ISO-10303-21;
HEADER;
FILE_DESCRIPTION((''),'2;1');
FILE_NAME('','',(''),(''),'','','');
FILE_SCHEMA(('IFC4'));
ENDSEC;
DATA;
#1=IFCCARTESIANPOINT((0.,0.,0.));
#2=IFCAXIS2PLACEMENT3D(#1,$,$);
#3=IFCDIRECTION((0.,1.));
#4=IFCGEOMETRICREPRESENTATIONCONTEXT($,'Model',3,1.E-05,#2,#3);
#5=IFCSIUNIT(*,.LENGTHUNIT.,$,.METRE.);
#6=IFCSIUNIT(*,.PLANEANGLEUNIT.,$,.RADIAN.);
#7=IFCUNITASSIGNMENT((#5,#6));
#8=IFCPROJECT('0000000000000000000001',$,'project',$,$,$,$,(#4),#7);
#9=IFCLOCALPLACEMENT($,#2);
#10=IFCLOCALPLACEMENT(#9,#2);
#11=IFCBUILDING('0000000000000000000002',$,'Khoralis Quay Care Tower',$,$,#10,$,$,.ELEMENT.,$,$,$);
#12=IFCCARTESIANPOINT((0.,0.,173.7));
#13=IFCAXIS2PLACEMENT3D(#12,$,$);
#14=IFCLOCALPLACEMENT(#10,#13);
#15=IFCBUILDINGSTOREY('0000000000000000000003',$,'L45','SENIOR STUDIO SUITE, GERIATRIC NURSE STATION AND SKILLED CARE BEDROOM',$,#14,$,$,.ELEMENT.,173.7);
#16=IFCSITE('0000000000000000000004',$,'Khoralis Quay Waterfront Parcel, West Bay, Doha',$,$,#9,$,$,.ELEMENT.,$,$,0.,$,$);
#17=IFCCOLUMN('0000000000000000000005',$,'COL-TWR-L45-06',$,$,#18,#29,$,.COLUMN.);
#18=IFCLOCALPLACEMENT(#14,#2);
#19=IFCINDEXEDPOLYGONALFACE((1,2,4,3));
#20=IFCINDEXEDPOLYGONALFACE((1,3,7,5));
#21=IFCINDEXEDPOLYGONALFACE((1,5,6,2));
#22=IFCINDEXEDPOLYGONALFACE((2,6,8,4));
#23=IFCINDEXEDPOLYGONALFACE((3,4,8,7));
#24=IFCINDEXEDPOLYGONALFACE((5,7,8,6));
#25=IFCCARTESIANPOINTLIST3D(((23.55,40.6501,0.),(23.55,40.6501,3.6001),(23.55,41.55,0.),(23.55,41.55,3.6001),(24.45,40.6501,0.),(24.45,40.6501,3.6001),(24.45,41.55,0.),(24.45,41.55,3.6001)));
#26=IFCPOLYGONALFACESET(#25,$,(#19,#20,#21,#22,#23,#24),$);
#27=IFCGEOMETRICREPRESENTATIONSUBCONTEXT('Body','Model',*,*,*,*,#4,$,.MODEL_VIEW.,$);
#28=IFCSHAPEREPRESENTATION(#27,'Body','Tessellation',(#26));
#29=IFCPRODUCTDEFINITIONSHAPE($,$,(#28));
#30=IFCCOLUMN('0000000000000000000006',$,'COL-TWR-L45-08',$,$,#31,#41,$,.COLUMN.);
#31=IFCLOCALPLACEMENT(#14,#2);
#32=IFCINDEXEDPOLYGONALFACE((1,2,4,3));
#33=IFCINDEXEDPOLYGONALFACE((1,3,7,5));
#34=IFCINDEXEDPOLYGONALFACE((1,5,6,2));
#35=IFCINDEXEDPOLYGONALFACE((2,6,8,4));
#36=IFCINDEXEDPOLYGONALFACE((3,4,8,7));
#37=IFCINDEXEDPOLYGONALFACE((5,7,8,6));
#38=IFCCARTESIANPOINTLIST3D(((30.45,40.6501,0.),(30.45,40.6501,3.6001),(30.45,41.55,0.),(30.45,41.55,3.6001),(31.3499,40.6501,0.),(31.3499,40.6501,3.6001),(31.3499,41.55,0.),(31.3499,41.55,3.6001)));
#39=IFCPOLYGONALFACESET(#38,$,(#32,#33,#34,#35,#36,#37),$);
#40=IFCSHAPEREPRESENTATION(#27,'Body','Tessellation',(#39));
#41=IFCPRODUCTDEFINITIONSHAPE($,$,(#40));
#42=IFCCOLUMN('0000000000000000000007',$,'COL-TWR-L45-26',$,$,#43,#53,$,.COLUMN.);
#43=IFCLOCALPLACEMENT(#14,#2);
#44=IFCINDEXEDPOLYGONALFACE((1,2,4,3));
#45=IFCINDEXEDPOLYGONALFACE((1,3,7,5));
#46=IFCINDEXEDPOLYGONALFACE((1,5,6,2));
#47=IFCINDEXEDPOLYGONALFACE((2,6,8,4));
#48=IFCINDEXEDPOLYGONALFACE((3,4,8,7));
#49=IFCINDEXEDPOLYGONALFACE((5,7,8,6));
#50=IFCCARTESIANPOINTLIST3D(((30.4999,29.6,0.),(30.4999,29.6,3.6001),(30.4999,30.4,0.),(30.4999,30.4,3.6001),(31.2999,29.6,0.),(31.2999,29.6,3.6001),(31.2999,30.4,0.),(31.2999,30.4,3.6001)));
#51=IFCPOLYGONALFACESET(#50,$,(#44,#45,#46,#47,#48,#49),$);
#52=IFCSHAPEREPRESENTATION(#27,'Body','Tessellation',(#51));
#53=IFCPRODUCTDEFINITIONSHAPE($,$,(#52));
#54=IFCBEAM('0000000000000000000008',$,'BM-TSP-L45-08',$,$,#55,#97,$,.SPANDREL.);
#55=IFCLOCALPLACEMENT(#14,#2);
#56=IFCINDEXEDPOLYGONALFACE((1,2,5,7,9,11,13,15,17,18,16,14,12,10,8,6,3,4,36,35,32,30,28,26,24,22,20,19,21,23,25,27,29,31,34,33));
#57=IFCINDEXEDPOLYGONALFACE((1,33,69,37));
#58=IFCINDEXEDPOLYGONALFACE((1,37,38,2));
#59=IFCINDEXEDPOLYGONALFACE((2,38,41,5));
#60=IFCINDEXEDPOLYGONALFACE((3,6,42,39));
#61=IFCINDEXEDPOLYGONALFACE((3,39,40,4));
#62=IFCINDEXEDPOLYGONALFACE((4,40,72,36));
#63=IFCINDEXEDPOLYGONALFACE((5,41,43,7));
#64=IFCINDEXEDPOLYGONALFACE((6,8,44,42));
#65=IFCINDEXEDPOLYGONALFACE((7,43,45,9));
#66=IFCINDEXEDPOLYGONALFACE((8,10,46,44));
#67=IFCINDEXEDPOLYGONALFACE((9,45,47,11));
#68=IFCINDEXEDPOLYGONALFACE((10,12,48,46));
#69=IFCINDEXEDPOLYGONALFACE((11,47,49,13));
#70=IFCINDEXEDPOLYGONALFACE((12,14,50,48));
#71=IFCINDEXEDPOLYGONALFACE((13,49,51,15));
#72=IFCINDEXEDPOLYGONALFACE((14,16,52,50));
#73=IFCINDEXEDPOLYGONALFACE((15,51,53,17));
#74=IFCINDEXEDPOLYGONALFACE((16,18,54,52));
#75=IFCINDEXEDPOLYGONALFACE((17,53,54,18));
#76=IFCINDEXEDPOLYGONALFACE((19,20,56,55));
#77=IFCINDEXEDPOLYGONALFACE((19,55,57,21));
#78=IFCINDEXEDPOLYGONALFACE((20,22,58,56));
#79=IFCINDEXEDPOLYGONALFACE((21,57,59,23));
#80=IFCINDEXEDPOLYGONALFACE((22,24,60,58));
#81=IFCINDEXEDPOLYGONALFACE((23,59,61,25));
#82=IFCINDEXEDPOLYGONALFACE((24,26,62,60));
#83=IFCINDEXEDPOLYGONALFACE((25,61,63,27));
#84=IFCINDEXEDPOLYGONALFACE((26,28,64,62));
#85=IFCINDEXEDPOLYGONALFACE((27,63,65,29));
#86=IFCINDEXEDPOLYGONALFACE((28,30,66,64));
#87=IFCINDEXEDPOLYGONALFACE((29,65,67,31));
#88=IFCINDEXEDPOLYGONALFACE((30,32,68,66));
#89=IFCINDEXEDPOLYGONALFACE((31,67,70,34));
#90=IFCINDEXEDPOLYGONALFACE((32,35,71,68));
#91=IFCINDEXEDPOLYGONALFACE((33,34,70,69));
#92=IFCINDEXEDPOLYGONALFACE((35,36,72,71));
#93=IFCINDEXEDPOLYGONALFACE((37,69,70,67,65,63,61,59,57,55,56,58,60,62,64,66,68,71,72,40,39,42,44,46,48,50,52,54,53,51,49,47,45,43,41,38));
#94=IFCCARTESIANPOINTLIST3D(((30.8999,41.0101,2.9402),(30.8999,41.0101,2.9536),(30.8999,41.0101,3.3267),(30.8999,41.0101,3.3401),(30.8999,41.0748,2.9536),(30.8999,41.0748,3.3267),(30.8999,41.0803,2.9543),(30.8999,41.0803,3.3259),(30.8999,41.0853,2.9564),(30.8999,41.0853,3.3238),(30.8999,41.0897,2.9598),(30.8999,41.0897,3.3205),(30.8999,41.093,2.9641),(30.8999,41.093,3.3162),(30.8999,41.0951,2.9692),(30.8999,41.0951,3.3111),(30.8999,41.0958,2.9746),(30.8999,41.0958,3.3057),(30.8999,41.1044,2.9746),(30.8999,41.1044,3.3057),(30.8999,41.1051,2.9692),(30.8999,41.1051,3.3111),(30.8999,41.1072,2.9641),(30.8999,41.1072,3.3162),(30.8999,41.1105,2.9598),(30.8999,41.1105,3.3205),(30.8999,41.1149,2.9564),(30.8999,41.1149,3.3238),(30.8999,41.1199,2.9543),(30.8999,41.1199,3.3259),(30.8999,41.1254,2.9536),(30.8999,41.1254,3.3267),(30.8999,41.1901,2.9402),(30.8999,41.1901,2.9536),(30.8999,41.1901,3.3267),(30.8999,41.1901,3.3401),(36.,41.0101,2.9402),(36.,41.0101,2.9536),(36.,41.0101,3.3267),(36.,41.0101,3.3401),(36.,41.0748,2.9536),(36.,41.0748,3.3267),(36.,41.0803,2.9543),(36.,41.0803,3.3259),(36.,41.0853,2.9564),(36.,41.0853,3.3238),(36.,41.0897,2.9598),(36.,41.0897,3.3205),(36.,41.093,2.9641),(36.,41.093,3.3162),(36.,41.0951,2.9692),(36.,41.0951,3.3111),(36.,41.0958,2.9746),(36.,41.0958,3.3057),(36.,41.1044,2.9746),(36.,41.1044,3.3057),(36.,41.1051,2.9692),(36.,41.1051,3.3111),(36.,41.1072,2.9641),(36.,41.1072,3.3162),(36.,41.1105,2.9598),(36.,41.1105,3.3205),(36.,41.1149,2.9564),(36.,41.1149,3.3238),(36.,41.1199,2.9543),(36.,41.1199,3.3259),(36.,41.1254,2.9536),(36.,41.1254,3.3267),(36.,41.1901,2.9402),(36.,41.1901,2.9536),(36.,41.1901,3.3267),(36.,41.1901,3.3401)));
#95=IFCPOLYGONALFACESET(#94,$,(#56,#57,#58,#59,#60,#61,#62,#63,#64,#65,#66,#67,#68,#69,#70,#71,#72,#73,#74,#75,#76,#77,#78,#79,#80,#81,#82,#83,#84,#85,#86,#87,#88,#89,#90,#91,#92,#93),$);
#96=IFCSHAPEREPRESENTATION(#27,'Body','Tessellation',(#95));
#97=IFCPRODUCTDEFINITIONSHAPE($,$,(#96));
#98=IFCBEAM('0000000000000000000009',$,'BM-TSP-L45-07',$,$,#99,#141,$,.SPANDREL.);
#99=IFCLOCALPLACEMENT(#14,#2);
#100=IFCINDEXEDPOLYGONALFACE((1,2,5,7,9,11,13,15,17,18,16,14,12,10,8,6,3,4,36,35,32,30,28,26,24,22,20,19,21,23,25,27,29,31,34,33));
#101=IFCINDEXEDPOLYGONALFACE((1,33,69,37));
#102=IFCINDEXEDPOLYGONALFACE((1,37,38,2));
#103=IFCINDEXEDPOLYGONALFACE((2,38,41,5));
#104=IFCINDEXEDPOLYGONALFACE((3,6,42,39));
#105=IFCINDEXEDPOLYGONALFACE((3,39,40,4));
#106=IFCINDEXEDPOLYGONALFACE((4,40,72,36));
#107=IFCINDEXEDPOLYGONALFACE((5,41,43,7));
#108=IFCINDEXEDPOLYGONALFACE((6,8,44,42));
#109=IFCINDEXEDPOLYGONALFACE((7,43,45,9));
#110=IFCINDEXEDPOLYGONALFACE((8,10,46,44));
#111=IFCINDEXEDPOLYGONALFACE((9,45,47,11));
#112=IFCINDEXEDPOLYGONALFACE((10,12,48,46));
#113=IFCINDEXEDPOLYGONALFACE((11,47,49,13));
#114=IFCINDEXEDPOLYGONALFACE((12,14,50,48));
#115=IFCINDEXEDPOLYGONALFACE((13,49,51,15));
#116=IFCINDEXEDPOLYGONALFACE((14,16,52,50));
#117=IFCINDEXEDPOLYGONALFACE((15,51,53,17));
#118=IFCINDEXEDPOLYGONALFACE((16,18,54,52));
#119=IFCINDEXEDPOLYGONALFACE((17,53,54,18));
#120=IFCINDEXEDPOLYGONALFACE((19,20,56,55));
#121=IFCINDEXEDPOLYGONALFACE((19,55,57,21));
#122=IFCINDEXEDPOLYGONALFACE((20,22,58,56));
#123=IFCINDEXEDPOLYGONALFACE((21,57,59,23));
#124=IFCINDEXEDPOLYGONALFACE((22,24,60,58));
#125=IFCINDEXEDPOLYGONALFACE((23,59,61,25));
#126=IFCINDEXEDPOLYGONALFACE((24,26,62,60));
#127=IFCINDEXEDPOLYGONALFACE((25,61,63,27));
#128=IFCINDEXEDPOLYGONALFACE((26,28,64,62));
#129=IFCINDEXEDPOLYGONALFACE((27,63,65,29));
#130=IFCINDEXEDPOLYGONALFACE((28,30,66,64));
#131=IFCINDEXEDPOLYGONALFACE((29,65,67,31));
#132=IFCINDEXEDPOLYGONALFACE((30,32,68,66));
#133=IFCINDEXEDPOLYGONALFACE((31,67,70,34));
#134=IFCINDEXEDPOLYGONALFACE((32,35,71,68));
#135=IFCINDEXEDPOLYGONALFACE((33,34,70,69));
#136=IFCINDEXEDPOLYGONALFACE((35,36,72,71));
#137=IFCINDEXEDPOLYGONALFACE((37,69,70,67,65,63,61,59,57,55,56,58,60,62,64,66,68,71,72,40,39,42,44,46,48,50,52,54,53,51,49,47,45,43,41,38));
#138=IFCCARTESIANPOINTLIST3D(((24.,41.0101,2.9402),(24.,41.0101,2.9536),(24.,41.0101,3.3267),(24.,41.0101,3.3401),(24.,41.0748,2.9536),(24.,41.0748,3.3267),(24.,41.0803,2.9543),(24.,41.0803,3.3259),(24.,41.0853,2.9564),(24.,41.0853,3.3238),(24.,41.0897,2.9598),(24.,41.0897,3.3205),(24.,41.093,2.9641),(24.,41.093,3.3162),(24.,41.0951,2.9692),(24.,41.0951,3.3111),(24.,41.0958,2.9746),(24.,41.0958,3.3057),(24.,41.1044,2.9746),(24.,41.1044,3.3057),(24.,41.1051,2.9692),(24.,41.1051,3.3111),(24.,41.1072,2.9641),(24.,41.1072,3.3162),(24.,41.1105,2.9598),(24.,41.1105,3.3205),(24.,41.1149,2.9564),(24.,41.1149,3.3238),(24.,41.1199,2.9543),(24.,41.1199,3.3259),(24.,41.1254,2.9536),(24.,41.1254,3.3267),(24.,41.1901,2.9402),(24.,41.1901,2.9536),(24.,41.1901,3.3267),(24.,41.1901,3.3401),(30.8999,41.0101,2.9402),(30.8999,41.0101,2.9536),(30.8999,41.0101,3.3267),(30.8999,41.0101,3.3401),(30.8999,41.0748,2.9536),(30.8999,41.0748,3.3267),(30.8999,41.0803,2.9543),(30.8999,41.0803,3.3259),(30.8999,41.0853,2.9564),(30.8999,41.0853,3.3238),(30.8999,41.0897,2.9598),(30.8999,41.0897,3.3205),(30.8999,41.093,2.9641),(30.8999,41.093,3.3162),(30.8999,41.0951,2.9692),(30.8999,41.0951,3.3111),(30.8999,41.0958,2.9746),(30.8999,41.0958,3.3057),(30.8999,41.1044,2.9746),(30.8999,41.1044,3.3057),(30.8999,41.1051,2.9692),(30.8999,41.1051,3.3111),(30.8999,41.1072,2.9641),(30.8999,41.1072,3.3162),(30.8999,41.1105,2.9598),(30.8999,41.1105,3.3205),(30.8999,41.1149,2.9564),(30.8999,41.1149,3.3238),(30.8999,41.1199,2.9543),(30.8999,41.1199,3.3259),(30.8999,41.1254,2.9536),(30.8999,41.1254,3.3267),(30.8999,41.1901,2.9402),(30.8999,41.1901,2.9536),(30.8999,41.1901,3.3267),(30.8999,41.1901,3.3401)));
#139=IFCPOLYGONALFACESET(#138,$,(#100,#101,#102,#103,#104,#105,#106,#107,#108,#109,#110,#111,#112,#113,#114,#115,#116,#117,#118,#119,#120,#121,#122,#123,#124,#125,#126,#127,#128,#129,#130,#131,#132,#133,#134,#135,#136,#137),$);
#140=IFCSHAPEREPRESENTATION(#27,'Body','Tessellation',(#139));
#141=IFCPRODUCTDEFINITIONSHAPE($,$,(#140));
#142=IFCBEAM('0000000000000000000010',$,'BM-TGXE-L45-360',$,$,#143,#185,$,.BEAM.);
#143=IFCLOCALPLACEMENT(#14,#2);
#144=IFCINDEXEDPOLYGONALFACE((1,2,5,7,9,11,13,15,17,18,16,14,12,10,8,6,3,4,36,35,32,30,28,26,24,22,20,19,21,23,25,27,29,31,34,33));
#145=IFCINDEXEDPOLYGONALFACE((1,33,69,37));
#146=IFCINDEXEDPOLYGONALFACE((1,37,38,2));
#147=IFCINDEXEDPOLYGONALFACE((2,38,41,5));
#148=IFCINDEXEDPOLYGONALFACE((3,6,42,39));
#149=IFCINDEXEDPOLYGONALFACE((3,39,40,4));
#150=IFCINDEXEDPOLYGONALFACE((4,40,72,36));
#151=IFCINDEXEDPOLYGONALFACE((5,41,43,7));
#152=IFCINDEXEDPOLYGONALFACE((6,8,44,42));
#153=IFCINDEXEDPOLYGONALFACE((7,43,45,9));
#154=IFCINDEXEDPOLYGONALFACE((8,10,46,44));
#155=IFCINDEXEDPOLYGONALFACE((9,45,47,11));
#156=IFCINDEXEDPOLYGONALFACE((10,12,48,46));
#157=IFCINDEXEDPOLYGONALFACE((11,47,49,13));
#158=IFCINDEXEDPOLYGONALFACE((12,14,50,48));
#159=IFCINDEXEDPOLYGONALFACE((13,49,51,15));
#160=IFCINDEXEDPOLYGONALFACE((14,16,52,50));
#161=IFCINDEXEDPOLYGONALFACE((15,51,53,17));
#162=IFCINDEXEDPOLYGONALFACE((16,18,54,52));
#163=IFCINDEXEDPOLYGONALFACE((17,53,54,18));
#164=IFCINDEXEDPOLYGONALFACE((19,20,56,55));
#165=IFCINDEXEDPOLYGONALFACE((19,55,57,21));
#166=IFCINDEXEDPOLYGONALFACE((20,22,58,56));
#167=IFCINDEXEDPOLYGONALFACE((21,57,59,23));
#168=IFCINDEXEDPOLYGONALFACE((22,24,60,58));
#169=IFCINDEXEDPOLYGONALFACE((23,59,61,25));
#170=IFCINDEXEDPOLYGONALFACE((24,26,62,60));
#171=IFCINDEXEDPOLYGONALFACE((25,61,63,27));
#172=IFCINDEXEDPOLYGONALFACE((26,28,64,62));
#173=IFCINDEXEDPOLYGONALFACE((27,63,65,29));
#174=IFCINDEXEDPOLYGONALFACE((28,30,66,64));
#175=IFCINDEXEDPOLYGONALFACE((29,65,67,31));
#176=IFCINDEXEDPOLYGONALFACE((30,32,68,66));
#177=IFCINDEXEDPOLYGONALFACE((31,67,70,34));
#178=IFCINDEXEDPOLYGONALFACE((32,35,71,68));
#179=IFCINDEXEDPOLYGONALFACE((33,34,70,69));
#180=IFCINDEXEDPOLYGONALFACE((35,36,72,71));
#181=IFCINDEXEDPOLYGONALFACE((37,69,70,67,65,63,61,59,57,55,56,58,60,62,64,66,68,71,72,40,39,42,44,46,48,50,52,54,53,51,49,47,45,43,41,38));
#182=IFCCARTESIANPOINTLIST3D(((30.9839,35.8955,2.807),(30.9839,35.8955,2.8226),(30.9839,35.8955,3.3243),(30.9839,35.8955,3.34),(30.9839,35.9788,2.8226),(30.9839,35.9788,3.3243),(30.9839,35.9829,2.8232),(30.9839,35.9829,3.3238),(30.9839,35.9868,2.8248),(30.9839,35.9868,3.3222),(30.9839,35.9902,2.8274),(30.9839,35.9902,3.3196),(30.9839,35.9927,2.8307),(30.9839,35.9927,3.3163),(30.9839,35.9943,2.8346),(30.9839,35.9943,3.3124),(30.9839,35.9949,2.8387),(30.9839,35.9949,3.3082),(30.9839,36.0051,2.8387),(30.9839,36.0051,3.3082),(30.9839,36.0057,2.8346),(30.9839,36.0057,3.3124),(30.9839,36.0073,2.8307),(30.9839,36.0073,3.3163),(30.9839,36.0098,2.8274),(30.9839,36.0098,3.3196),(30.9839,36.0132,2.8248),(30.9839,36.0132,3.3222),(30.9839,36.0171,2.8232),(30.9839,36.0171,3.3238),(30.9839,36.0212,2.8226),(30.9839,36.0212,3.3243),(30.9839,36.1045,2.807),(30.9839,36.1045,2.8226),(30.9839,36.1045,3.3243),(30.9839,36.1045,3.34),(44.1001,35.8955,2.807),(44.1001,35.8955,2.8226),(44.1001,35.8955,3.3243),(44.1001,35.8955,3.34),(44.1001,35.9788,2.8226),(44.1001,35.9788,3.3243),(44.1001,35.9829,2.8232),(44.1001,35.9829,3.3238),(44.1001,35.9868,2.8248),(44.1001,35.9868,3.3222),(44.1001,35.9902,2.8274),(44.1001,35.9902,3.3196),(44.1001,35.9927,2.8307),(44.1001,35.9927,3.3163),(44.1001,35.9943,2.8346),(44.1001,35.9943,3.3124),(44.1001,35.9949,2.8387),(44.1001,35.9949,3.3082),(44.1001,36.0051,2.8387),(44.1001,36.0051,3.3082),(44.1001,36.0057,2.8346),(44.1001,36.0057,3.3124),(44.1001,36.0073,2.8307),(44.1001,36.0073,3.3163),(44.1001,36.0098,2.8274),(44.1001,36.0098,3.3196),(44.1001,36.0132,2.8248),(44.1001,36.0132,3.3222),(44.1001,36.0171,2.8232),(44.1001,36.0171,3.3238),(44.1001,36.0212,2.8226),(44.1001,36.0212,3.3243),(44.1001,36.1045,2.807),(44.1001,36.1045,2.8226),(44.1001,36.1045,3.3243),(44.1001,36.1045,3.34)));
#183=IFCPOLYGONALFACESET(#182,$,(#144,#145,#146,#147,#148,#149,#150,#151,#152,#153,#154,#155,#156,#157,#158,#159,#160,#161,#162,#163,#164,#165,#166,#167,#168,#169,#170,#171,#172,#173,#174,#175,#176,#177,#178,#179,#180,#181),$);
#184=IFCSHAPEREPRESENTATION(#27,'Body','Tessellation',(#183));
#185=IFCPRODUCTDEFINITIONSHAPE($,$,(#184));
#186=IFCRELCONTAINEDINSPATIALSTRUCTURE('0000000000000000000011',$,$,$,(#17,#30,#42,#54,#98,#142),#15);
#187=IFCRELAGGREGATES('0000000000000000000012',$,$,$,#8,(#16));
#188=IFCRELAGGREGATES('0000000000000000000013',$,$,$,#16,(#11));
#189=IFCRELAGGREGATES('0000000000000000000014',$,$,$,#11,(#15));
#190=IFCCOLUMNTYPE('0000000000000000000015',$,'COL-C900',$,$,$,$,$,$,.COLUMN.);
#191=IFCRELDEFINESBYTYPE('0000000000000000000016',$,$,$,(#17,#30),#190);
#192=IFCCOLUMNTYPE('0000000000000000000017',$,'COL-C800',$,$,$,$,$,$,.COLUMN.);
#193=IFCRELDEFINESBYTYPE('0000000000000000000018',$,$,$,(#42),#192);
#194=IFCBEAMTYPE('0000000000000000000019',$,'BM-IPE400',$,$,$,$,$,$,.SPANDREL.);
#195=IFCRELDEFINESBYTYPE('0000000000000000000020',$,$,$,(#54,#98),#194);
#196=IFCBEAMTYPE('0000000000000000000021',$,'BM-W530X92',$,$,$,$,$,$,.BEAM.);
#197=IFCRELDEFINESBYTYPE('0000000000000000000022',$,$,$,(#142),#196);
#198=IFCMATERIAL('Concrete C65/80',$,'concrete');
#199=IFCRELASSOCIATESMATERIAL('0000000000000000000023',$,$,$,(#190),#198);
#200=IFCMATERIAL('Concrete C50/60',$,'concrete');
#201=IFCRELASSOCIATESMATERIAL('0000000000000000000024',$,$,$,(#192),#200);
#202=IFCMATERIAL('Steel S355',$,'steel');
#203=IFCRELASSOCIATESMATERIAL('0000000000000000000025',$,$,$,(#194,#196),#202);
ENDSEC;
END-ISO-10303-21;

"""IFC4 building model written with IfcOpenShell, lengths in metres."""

from ifc_helpers import new_model, si_unit, direction, frame, origin, origin_2d, place, context, subcontext, project, spatial, rectangle, i_section, extrude, source, transform, mapped, material, material_profile, profile_set, type_object, element, save


model = new_model("IFC4")

# Units and contexts
model_context = context("Model", 3, precision=1e-05, world=origin(), true_north=direction((0.0, 1.0)))
body_context = subcontext(model_context, "Body", "Model", "MODEL_VIEW")
ifc_project = project(units=[si_unit("LENGTHUNIT", "METRE"), si_unit("PLANEANGLEUNIT", "RADIAN")], contexts=[model_context])

# Site, building, storey
site_placement = place(None, origin())
site = spatial("IfcSite", under=ifc_project, at=site_placement, Name="Khoralis Quay Waterfront Parcel, West Bay, Doha", CompositionType="ELEMENT", RefElevation=0.0)
building_placement = place(site_placement, origin())
building = spatial("IfcBuilding", under=site, at=building_placement, Name="Khoralis Quay Care Tower", CompositionType="ELEMENT")
storey_placement = place(building_placement, frame((0.0, 0.0, 173.7)))
storey = spatial("IfcBuildingStorey", under=building, at=storey_placement, Name="L45", Description="SENIOR STUDIO SUITE, GERIATRIC NURSE STATION AND SKILLED CARE BEDROOM", CompositionType="ELEMENT", Elevation=173.7)

# Columns
ifc_material_1 = material(Name="Concrete C65/80", Category="concrete")
ifc_material_profile_1 = material_profile(ifc_material_1, rectangle(XDim=0.8999, YDim=0.8999, at=origin_2d()), Name="Concrete C65/80")
ifc_profile_set_1 = profile_set([ifc_material_profile_1], Name="Concrete C65/80")
column_type_1 = type_object("IfcColumnType", Name="COL-C900", PredefinedType="COLUMN", material=ifc_profile_set_1)
shared_shape_1 = source(origin(), body_context, "Body", "SweptSolid", [
    extrude(rectangle(XDim=0.8999, YDim=0.8999, at=origin_2d()), origin(), (0.0, 0.0, 1.0), 3.6001),
])
for number, where, z_axis, x_axis, name in (
    (1, (24.0, 41.1001, 0.0), (0.0, 0.0, 1.0), (1.0, 0.0, 0.0), "COL-TWR-L45-06"),
    (2, (30.8999, 41.1001, 0.0), (0.0, 0.0, 1.0), (1.0, 0.0, 0.0), "COL-TWR-L45-08"),
):
    element("IfcColumn", number, at=place(storey_placement, frame(where, z_axis=z_axis, x_axis=x_axis)), inside=storey, type_object=column_type_1, Name=name, PredefinedType="COLUMN", context=body_context, shape_type="MappedRepresentation", body=[
        mapped(shared_shape_1, transform((0.0, 0.0, 0.0), scale=1.0)),
    ])
ifc_material_2 = material(Name="Concrete C50/60", Category="concrete")
ifc_material_profile_2 = material_profile(ifc_material_2, rectangle(XDim=0.8, YDim=0.8, at=origin_2d()), Name="Concrete C50/60")
ifc_profile_set_2 = profile_set([ifc_material_profile_2], Name="Concrete C50/60")
column_type_2 = type_object("IfcColumnType", Name="COL-C800", PredefinedType="COLUMN", material=ifc_profile_set_2)
shared_shape_2 = source(origin(), body_context, "Body", "SweptSolid", [
    extrude(rectangle(XDim=0.8, YDim=0.8, at=origin_2d()), origin(), (0.0, 0.0, 1.0), 3.6001),
])
column_placement = place(storey_placement, frame((30.8999, 30.0, 0.0), z_axis=(0.0, 0.0, 1.0), x_axis=(1.0, 0.0, 0.0)))
element("IfcColumn", 3, at=column_placement, inside=storey, type_object=column_type_2, Name="COL-TWR-L45-26", PredefinedType="COLUMN", context=body_context, shape_type="MappedRepresentation", body=[
    mapped(shared_shape_2, transform((0.0, 0.0, 0.0), scale=1.0)),
])

# Beams
ifc_material_3 = material(Name="Steel S355", Category="steel")
ifc_material_profile_3 = material_profile(ifc_material_3, i_section(OverallWidth=0.1799, OverallDepth=0.3999, WebThickness=0.0085, FlangeThickness=0.0134, FilletRadius=0.021, at=origin_2d()), Name="Steel S355")
ifc_profile_set_3 = profile_set([ifc_material_profile_3], Name="Steel S355")
beam_type_1 = type_object("IfcBeamType", Name="BM-IPE400", PredefinedType="SPANDREL", material=ifc_profile_set_3)
shared_shape_3 = source(origin(), body_context, "Body", "SweptSolid", [
    extrude(i_section(OverallWidth=0.1799, OverallDepth=0.3999, WebThickness=0.0085, FlangeThickness=0.0134, FilletRadius=0.021, at=origin_2d()), origin(), (0.0, 0.0, 1.0), 5.1001),
])
beam_1_placement = place(storey_placement, frame((30.8999, 41.1001, 3.1401), z_axis=(1.0, 0.0, 0.0), x_axis=(0.0, 1.0, 0.0)))
element("IfcBeam", 4, at=beam_1_placement, inside=storey, type_object=beam_type_1, Name="BM-TSP-L45-08", PredefinedType="SPANDREL", context=body_context, shape_type="MappedRepresentation", body=[
    mapped(shared_shape_3, transform((0.0, 0.0, 0.0), scale=1.0)),
])
shared_shape_4 = source(origin(), body_context, "Body", "SweptSolid", [
    extrude(i_section(OverallWidth=0.1799, OverallDepth=0.3999, WebThickness=0.0085, FlangeThickness=0.0134, FilletRadius=0.021, at=origin_2d()), origin(), (0.0, 0.0, 1.0), 6.8999),
])
beam_2_placement = place(storey_placement, frame((24.0, 41.1001, 3.1401), z_axis=(1.0, 0.0, 0.0), x_axis=(0.0, 1.0, 0.0)))
element("IfcBeam", 5, at=beam_2_placement, inside=storey, type_object=beam_type_1, Name="BM-TSP-L45-07", PredefinedType="SPANDREL", context=body_context, shape_type="MappedRepresentation", body=[
    mapped(shared_shape_4, transform((0.0, 0.0, 0.0), scale=1.0)),
])
ifc_material_profile_4 = material_profile(ifc_material_3, i_section(OverallWidth=0.209, OverallDepth=0.533, WebThickness=0.0103, FlangeThickness=0.0156, FilletRadius=0.0161, at=origin_2d()), Name="Steel S355")
ifc_profile_set_4 = profile_set([ifc_material_profile_4], Name="Steel S355")
beam_type_2 = type_object("IfcBeamType", Name="BM-W530X92", PredefinedType="BEAM", material=ifc_profile_set_4)
shared_shape_5 = source(origin(), body_context, "Body", "SweptSolid", [
    extrude(i_section(OverallWidth=0.209, OverallDepth=0.533, WebThickness=0.0103, FlangeThickness=0.0156, FilletRadius=0.0161, at=origin_2d()), origin(), (0.0, 0.0, 1.0), 13.1162),
])
beam_3_placement = place(storey_placement, frame((30.9839, 36.0, 3.0735), z_axis=(1.0, 0.0, 0.0), x_axis=(0.0, 1.0, 0.0)))
element("IfcBeam", 6, at=beam_3_placement, inside=storey, type_object=beam_type_2, Name="BM-TGXE-L45-360", PredefinedType="BEAM", context=body_context, shape_type="MappedRepresentation", body=[
    mapped(shared_shape_5, transform((0.0, 0.0, 0.0), scale=1.0)),
])

save(model, "model.ifc")
